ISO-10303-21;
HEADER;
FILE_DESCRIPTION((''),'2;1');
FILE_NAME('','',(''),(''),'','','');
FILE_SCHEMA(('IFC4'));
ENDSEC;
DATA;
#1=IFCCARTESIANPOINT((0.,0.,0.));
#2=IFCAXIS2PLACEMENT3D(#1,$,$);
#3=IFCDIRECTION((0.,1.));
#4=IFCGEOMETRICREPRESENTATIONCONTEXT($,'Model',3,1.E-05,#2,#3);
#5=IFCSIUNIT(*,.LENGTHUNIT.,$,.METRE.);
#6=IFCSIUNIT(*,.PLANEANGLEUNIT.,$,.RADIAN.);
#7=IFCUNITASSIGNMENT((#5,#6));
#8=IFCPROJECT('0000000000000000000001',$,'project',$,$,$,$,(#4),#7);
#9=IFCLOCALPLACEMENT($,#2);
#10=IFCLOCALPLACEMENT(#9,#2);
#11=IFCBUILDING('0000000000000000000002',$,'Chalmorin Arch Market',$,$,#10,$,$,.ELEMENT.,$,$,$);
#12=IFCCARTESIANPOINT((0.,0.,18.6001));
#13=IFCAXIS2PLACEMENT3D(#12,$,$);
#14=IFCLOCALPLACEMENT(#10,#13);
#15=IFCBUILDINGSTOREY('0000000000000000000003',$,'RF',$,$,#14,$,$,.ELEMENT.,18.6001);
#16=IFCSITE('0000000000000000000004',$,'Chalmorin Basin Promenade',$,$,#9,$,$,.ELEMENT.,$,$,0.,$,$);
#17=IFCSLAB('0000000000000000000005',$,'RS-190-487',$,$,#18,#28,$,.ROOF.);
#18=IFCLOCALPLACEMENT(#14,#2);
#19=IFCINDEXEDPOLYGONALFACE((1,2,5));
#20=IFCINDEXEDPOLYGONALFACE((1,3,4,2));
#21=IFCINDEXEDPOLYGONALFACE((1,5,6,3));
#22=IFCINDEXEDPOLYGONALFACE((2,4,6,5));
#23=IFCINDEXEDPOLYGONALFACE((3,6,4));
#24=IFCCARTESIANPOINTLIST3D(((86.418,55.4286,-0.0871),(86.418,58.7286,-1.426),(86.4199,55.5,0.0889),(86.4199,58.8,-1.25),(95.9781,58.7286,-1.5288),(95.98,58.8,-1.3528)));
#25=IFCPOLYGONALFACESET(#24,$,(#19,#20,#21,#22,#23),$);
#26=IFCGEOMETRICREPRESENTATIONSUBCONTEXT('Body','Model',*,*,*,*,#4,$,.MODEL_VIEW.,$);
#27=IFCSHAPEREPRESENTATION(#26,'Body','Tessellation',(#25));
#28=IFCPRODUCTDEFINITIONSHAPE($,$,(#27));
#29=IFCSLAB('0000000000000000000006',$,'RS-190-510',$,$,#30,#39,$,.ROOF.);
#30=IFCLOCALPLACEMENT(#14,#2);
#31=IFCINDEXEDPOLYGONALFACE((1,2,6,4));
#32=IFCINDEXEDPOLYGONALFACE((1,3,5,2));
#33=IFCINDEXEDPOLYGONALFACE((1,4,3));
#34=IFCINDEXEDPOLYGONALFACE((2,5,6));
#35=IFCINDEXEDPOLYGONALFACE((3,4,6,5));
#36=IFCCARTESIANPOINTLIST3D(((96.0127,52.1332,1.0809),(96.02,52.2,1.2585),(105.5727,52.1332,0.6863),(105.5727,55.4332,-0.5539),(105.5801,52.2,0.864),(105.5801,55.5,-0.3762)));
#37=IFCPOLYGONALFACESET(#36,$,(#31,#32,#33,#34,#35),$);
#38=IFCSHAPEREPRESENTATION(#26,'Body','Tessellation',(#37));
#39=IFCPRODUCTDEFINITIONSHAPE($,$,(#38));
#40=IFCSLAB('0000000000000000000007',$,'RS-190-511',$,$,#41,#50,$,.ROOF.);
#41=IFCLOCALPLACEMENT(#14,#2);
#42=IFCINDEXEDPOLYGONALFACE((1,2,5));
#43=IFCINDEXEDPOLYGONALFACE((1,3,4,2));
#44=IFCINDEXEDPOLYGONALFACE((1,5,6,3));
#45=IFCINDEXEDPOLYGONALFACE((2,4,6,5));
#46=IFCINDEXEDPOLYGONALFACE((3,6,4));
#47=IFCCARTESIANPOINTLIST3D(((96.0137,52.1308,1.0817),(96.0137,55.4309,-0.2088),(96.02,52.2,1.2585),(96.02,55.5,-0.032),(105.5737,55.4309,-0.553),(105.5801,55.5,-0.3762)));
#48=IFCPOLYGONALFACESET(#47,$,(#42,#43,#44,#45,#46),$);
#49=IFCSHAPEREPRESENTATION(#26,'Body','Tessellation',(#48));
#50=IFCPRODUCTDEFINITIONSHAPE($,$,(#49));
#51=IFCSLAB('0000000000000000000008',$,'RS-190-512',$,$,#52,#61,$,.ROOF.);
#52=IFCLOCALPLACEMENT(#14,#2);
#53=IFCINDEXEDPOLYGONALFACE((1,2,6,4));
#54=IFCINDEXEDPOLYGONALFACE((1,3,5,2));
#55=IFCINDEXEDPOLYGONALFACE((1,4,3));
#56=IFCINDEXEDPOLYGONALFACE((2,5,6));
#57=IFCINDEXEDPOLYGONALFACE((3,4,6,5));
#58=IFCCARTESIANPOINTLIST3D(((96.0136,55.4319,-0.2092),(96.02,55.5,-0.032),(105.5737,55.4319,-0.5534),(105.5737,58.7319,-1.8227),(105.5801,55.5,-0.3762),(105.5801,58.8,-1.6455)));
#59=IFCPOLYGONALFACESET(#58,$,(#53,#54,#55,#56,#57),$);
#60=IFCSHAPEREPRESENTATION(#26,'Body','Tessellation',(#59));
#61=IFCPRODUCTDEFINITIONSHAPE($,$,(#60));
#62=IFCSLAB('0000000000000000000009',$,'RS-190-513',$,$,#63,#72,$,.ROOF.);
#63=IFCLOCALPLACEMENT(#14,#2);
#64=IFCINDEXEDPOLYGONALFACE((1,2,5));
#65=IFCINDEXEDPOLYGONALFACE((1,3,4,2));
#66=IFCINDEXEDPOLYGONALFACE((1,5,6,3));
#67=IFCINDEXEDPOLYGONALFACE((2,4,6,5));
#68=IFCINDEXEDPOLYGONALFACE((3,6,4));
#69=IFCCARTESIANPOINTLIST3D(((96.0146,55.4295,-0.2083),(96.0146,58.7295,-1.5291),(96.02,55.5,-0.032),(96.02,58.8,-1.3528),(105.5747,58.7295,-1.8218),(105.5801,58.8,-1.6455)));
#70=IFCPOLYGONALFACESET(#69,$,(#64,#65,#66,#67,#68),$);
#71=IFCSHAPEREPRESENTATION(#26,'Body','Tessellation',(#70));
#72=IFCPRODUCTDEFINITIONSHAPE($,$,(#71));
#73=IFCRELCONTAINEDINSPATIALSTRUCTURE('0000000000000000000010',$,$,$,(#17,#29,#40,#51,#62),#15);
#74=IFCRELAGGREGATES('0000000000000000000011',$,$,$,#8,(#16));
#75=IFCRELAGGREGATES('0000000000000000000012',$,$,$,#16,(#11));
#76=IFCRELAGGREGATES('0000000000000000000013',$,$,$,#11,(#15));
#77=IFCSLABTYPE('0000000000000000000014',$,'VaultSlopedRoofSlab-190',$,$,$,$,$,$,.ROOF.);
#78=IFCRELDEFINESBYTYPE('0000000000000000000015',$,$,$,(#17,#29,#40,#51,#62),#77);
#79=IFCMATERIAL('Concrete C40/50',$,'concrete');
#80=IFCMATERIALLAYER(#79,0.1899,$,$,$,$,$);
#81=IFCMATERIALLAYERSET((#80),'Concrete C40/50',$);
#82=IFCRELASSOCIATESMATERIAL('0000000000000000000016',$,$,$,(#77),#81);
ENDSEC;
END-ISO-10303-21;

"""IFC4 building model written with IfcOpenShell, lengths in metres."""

from ifc_helpers import new_model, si_unit, direction, frame, origin, place, context, subcontext, project, spatial, polyline, outline, extrude, material, layer, layer_set, type_object, element, save


model = new_model("IFC4")

# Units and contexts
model_context = context("Model", 3, precision=1e-05, world=origin(), true_north=direction((0.0, 1.0)))
body_context = subcontext(model_context, "Body", "Model", "MODEL_VIEW")
ifc_project = project(units=[si_unit("LENGTHUNIT", "METRE"), si_unit("PLANEANGLEUNIT", "RADIAN")], contexts=[model_context])

# Site, building, storey
site_placement = place(None, origin())
site = spatial("IfcSite", under=ifc_project, at=site_placement, Name="Chalmorin Basin Promenade", CompositionType="ELEMENT", RefElevation=0.0)
building_placement = place(site_placement, origin())
building = spatial("IfcBuilding", under=site, at=building_placement, Name="Chalmorin Arch Market", CompositionType="ELEMENT")
storey_placement = place(building_placement, frame((0.0, 0.0, 18.6001)))
storey = spatial("IfcBuildingStorey", under=building, at=storey_placement, Name="RF", CompositionType="ELEMENT", Elevation=18.6001)

# Slabs
ifc_material_1 = material(Name="Concrete C40/50", Category="concrete")
ifc_layer_1 = layer(ifc_material_1, 0.1899)
ifc_layer_set_1 = layer_set([ifc_layer_1], Name="Concrete C40/50")
slab_type = type_object("IfcSlabType", Name="VaultSlopedRoofSlab-190", PredefinedType="ROOF", material=ifc_layer_set_1)
slab_1_placement = place(storey_placement, frame((86.4199, 55.5, 0.0889), z_axis=(0.009962, 0.37593, 0.926595), x_axis=(0.935807, 0.323033, -0.141119)))
element("IfcSlab", 1, at=slab_1_placement, inside=storey, type_object=slab_type, Name="RS-190-487", PredefinedType="ROOF", context=body_context, shape_type="SweptSolid", body=[
    extrude(outline(polyline([(0.0, 0.0), (10.2158, 0.0), (1.255, 3.3329), (0.0, 0.0)])), origin(), (0.0, 0.0, -1.0), 0.1899),
])
slab_2_placement = place(storey_placement, frame((96.02, 52.2, 1.2585), z_axis=(0.038602, 0.351537, 0.935378), x_axis=(0.99915, 0.0, -0.041234)))
element("IfcSlab", 2, at=slab_2_placement, inside=storey, type_object=slab_type, Name="RS-190-510", PredefinedType="ROOF", context=body_context, shape_type="SweptSolid", body=[
    extrude(outline(polyline([(0.0, 0.0), (9.5682, 0.0), (9.6193, 3.525), (0.0, 0.0)])), origin(), (0.0, 0.0, -1.0), 0.1899),
])
slab_3_placement = place(storey_placement, frame((96.02, 52.2, 1.2585), z_axis=(0.033516, 0.364, 0.930796), x_axis=(0.933155, 0.322117, -0.159569)))
element("IfcSlab", 3, at=slab_3_placement, inside=storey, type_object=slab_type, Name="RS-190-511", PredefinedType="ROOF", context=body_context, shape_type="SweptSolid", body=[
    extrude(outline(polyline([(0.0, 0.0), (10.2449, 0.0), (1.2689, 3.3084), (0.0, 0.0)])), origin(), (0.0, 0.0, -1.0), 0.1899),
])
slab_4_placement = place(storey_placement, frame((96.02, 55.5, -0.032), z_axis=(0.033589, 0.358786, 0.932815), x_axis=(0.999352, 0.0, -0.035985)))
element("IfcSlab", 4, at=slab_4_placement, inside=storey, type_object=slab_type, Name="RS-190-512", PredefinedType="ROOF", context=body_context, shape_type="SweptSolid", body=[
    extrude(outline(polyline([(0.0, 0.0), (9.5663, 0.0), (9.6119, 3.5354), (0.0, 0.0)])), origin(), (0.0, 0.0, -1.0), 0.1899),
])
slab_5_placement = place(storey_placement, frame((96.02, 55.5, -0.032), z_axis=(0.028416, 0.37143, 0.928026), x_axis=(0.933462, 0.322223, -0.157548)))
element("IfcSlab", 5, at=slab_5_placement, inside=storey, type_object=slab_type, Name="RS-190-513", PredefinedType="ROOF", context=body_context, shape_type="SweptSolid", body=[
    extrude(outline(polyline([(0.0, 0.0), (10.2415, 0.0), (1.2714, 3.3194), (0.0, 0.0)])), origin(), (0.0, 0.0, -1.0), 0.1899),
])

save(model, "model.ifc")
